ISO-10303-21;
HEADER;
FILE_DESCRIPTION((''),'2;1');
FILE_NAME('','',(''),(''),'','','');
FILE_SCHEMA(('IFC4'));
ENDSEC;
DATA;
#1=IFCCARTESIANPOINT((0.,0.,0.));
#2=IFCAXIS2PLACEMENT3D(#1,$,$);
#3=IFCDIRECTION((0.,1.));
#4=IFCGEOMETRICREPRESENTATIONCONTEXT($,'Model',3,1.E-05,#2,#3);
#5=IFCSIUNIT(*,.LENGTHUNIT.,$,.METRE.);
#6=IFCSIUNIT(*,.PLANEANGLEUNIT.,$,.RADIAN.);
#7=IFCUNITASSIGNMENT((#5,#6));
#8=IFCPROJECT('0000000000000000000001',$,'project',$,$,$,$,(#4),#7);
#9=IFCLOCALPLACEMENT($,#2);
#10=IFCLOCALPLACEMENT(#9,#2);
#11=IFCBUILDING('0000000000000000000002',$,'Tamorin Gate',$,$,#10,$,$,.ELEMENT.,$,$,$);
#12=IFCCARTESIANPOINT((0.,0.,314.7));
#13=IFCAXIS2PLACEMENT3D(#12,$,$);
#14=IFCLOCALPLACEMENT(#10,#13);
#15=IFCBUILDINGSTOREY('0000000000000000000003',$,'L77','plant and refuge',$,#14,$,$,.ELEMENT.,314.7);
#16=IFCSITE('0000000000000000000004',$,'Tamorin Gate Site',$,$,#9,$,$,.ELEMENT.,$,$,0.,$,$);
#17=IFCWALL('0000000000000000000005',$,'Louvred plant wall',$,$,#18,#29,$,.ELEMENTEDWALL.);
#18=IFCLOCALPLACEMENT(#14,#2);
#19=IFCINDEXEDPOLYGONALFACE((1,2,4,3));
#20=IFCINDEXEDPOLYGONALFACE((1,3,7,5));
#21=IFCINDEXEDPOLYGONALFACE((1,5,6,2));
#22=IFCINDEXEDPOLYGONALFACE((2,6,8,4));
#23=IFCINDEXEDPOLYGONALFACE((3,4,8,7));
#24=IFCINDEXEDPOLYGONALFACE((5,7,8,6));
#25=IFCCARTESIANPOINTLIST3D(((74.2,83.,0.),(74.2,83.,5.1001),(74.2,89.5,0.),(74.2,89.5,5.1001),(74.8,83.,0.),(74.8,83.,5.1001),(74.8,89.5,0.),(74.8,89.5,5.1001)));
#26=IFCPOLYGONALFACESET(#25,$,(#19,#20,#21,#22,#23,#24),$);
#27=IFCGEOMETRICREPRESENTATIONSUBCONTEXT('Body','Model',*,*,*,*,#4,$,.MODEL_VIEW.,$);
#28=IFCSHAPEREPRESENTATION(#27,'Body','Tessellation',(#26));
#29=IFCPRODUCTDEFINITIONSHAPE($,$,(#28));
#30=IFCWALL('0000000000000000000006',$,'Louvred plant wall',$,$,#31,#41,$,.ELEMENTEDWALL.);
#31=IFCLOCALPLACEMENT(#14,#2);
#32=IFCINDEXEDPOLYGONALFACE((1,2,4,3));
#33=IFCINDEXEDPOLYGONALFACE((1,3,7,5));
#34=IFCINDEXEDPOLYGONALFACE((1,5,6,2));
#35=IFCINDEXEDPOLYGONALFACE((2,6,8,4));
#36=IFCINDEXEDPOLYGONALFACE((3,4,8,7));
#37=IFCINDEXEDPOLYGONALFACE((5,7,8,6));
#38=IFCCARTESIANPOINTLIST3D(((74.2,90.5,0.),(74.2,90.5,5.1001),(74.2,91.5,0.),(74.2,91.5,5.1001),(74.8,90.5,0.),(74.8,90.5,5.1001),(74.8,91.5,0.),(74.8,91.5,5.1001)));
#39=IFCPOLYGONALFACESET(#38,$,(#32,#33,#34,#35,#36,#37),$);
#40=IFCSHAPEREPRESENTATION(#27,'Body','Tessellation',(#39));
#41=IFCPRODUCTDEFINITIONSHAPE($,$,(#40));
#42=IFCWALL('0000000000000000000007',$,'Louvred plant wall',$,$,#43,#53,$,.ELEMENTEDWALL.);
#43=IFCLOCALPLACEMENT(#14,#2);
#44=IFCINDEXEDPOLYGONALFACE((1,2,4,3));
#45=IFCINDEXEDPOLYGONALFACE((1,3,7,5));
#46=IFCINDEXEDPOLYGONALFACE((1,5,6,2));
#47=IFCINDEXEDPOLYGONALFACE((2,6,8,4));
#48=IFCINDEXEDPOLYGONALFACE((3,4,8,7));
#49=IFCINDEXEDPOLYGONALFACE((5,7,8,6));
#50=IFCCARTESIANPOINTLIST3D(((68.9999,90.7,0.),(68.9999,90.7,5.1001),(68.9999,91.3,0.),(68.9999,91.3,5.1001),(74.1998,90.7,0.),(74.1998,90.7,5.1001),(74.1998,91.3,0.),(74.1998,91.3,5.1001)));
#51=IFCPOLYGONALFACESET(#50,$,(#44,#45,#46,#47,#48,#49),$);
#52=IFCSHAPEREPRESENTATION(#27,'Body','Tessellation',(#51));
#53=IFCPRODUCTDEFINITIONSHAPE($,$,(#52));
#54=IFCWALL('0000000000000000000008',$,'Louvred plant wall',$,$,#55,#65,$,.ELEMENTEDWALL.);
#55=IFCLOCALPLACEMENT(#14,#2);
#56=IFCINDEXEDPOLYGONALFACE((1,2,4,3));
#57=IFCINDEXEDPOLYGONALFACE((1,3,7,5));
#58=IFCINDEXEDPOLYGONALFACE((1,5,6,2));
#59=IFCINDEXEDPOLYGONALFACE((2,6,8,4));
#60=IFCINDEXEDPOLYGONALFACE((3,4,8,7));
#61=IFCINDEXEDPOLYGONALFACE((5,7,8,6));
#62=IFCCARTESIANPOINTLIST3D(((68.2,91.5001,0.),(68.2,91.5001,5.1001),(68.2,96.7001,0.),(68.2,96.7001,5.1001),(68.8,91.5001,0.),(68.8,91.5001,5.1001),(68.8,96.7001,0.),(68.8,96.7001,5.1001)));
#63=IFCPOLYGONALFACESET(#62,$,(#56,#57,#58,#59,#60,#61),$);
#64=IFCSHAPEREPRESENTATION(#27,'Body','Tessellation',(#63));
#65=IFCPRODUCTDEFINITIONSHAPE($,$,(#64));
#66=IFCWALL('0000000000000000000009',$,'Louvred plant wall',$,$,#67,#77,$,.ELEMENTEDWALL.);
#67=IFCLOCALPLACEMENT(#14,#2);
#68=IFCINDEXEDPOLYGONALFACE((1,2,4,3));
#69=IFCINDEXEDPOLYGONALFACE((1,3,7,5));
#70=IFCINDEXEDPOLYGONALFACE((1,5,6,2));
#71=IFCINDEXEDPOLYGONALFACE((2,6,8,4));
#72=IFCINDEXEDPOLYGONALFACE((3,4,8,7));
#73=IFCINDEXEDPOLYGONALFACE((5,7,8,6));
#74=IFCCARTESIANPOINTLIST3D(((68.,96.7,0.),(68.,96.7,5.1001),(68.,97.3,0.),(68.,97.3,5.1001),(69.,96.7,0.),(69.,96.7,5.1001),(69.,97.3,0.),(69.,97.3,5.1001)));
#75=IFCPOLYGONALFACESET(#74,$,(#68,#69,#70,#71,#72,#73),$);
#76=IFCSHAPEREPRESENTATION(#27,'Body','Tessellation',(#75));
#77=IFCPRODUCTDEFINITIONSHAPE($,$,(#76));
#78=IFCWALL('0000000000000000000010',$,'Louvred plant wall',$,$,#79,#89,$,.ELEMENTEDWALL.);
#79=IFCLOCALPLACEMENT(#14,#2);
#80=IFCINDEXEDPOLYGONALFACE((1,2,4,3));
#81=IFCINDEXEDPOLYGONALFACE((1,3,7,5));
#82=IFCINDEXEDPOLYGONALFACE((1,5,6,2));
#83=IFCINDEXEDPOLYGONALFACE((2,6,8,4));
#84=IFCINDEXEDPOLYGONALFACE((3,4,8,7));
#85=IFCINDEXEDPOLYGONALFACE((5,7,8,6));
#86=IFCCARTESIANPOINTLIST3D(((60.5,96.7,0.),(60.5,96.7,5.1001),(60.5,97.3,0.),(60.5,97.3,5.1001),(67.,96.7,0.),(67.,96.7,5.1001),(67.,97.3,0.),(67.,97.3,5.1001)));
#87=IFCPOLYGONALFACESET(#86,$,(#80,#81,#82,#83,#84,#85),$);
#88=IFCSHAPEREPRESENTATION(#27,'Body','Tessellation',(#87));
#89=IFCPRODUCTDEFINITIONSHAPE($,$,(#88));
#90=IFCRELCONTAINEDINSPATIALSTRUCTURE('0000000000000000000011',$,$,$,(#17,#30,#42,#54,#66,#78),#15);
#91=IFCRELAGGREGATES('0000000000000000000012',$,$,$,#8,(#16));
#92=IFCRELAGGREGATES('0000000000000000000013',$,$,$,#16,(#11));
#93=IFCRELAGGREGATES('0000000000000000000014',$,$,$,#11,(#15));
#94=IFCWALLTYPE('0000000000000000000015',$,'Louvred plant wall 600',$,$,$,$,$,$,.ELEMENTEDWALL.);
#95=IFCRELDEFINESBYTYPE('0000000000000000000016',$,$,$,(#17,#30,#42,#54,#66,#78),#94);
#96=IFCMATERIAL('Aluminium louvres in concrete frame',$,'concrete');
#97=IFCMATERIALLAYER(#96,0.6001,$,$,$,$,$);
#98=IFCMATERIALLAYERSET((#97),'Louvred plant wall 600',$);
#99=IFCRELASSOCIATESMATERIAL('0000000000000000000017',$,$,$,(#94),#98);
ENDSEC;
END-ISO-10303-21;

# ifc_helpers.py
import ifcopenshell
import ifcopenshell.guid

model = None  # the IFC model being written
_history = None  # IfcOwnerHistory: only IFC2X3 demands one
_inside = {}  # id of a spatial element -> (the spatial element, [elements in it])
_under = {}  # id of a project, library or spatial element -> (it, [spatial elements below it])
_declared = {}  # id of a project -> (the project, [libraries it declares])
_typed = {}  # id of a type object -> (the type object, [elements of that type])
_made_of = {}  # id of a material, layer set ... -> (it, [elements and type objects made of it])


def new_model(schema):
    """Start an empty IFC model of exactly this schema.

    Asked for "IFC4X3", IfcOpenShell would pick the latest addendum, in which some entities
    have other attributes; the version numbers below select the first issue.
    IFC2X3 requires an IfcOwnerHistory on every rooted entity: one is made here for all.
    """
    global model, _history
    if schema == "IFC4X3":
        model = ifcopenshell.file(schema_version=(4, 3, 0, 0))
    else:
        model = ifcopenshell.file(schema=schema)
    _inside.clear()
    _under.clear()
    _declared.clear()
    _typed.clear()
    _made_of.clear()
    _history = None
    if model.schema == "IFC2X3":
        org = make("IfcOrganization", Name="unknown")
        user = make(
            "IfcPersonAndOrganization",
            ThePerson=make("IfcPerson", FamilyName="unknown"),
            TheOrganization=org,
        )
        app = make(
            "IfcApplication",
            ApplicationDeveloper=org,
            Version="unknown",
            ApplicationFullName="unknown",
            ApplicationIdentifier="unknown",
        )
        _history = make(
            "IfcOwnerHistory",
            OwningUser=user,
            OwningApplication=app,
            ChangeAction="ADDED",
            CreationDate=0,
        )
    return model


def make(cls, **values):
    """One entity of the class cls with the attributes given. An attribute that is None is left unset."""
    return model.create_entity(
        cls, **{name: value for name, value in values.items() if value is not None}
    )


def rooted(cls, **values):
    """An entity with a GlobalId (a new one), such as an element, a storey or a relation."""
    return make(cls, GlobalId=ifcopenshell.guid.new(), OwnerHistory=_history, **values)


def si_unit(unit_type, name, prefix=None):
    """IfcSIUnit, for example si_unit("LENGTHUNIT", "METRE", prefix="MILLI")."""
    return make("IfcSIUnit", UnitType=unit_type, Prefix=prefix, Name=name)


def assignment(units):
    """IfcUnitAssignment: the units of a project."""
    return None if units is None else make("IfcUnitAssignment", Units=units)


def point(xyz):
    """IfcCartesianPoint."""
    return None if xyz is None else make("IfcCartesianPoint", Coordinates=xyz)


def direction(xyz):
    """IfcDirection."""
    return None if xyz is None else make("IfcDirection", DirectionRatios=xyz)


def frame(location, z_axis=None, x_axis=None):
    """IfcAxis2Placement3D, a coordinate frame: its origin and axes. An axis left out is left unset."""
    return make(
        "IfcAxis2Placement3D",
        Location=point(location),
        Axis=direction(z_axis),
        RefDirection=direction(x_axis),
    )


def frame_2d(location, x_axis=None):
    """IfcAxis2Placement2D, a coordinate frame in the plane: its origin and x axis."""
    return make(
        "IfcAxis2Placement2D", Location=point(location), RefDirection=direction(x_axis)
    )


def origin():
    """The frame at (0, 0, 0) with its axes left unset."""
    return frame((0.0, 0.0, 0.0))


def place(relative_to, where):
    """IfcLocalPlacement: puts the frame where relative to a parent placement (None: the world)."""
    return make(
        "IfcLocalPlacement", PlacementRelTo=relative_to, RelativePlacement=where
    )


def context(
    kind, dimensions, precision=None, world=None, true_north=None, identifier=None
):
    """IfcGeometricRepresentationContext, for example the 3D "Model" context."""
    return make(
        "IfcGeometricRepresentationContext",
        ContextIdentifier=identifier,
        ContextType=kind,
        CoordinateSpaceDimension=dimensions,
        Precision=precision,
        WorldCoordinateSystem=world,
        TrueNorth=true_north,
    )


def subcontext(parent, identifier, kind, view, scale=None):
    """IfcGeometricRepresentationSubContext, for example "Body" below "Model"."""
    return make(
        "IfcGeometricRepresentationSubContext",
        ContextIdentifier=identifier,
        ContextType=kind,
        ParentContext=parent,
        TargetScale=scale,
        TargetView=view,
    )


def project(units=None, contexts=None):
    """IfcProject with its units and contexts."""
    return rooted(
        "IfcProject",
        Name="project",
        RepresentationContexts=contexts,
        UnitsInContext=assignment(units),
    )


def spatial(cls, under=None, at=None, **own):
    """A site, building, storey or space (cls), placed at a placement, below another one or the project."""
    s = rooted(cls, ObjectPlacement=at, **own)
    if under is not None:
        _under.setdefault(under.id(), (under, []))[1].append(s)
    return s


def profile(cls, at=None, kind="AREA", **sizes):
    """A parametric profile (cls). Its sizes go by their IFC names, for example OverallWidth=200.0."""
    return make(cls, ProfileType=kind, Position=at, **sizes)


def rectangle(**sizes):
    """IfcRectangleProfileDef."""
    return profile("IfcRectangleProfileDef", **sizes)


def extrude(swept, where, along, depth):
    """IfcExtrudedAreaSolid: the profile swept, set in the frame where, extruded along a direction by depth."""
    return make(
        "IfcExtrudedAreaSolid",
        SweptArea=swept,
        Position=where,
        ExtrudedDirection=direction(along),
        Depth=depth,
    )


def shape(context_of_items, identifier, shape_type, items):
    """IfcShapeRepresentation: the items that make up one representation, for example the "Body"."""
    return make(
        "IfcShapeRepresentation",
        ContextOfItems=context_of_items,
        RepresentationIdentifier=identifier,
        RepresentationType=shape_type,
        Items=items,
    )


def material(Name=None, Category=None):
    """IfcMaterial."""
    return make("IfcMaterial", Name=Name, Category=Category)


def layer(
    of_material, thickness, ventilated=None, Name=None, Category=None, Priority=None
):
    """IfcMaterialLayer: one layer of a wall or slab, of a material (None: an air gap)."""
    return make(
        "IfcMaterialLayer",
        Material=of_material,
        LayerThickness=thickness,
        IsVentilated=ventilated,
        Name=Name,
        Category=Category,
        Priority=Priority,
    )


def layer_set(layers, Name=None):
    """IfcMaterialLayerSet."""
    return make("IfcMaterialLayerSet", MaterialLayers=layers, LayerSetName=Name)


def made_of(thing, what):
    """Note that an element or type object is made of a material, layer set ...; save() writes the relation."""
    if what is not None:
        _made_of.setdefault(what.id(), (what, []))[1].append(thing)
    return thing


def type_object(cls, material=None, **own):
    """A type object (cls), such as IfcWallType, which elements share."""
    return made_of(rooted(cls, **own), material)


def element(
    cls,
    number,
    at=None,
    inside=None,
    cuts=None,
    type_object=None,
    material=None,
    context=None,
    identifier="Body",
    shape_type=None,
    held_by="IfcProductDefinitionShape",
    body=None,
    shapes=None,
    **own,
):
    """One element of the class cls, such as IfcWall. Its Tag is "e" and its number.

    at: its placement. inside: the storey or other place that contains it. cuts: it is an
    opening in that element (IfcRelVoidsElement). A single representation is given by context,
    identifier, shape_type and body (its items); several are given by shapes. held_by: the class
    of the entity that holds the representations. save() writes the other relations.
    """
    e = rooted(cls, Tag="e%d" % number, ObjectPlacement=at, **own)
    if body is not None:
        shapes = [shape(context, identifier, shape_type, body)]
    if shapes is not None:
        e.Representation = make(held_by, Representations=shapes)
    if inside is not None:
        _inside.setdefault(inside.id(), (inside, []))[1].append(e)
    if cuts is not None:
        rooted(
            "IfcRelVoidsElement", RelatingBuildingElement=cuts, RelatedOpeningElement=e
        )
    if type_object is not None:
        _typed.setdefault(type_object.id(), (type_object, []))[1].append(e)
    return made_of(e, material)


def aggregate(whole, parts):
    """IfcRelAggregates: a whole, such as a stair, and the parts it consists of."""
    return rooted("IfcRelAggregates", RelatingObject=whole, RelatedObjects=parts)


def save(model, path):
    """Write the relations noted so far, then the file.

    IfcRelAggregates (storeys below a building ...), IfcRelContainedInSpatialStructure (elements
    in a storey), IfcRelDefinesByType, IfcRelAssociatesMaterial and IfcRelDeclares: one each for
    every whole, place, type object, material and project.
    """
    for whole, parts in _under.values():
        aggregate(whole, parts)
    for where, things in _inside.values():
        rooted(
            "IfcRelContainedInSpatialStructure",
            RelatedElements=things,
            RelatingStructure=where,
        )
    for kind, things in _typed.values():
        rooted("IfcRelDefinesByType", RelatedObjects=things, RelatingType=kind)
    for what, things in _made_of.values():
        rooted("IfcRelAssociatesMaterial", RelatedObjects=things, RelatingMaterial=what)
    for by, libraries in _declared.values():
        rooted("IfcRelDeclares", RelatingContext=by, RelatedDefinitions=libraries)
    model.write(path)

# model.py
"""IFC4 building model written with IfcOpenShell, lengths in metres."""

from ifc_helpers import new_model, si_unit, direction, frame, frame_2d, origin, place, context, subcontext, project, spatial, rectangle, extrude, material, layer, layer_set, type_object, element, save


model = new_model("IFC4")

# Units and contexts
model_context = context("Model", 3, precision=1e-05, world=origin(), true_north=direction((0.0, 1.0)))
body_context = subcontext(model_context, "Body", "Model", "MODEL_VIEW")
ifc_project = project(units=[si_unit("LENGTHUNIT", "METRE"), si_unit("PLANEANGLEUNIT", "RADIAN")], contexts=[model_context])

# Site, building, storey
site_placement = place(None, origin())
site = spatial("IfcSite", under=ifc_project, at=site_placement, Name="Tamorin Gate Site", CompositionType="ELEMENT", RefElevation=0.0)
building_placement = place(site_placement, origin())
building = spatial("IfcBuilding", under=site, at=building_placement, Name="Tamorin Gate", CompositionType="ELEMENT")
storey_placement = place(building_placement, frame((0.0, 0.0, 314.7)))
storey = spatial("IfcBuildingStorey", under=building, at=storey_placement, Name="L77", Description="plant and refuge", CompositionType="ELEMENT", Elevation=314.7)

# Walls
ifc_material_1 = material(Name="Aluminium louvres in concrete frame", Category="concrete")
ifc_layer = layer(ifc_material_1, 0.6001)
ifc_layer_set = layer_set([ifc_layer], Name="Louvred plant wall 600")
wall_type = type_object("IfcWallType", Name="Louvred plant wall 600", PredefinedType="ELEMENTEDWALL", material=ifc_layer_set)
for number, where, z_axis, x_axis, name in (
    (1, (74.5, 83.0, 0.0), (0.0, 0.0, 1.0), (0.0, 1.0, 0.0), "Louvred plant wall"),
):
    element("IfcWall", number, at=place(storey_placement, frame(where, z_axis=z_axis, x_axis=x_axis)), inside=storey, type_object=wall_type, Name=name, PredefinedType="ELEMENTEDWALL", context=body_context, shape_type="SweptSolid", body=[
        extrude(rectangle(XDim=6.5, YDim=0.6001, at=frame_2d((3.25, 0.0))), origin(), (0.0, 0.0, 1.0), 5.1001),
    ])
wall_1_placement = place(storey_placement, frame((74.5, 90.5, 0.0), z_axis=(0.0, 0.0, 1.0), x_axis=(0.0, 1.0, 0.0)))
element("IfcWall", 2, at=wall_1_placement, inside=storey, type_object=wall_type, Name="Louvred plant wall", PredefinedType="ELEMENTEDWALL", context=body_context, shape_type="SweptSolid", body=[
    extrude(rectangle(XDim=1.0, YDim=0.6001, at=frame_2d((0.5, 0.0))), origin(), (0.0, 0.0, 1.0), 5.1001),
])
for number, where, z_axis, x_axis, name in (
    (3, (74.2, 91.0, 0.0), (0.0, 0.0, 1.0), (-1.0, 0.0, 0.0), "Louvred plant wall"),
    (4, (68.5, 91.5, 0.0), (0.0, 0.0, 1.0), (0.0, 1.0, 0.0), "Louvred plant wall"),
):
    element("IfcWall", number, at=place(storey_placement, frame(where, z_axis=z_axis, x_axis=x_axis)), inside=storey, type_object=wall_type, Name=name, PredefinedType="ELEMENTEDWALL", context=body_context, shape_type="SweptSolid", body=[
        extrude(rectangle(XDim=5.2, YDim=0.6001, at=frame_2d((2.6001, 0.0))), origin(), (0.0, 0.0, 1.0), 5.1001),
    ])
wall_2_placement = place(storey_placement, frame((69.0, 97.0, 0.0), z_axis=(0.0, 0.0, 1.0), x_axis=(-1.0, 0.0, 0.0)))
element("IfcWall", 5, at=wall_2_placement, inside=storey, type_object=wall_type, Name="Louvred plant wall", PredefinedType="ELEMENTEDWALL", context=body_context, shape_type="SweptSolid", body=[
    extrude(rectangle(XDim=1.0, YDim=0.6001, at=frame_2d((0.5, 0.0))), origin(), (0.0, 0.0, 1.0), 5.1001),
])
wall_3_placement = place(storey_placement, frame((67.0, 97.0, 0.0), z_axis=(0.0, 0.0, 1.0), x_axis=(-1.0, 0.0, 0.0)))
element("IfcWall", 6, at=wall_3_placement, inside=storey, type_object=wall_type, Name="Louvred plant wall", PredefinedType="ELEMENTEDWALL", context=body_context, shape_type="SweptSolid", body=[
    extrude(rectangle(XDim=6.5, YDim=0.6001, at=frame_2d((3.25, 0.0))), origin(), (0.0, 0.0, 1.0), 5.1001),
])

save(model, "model.ifc")
